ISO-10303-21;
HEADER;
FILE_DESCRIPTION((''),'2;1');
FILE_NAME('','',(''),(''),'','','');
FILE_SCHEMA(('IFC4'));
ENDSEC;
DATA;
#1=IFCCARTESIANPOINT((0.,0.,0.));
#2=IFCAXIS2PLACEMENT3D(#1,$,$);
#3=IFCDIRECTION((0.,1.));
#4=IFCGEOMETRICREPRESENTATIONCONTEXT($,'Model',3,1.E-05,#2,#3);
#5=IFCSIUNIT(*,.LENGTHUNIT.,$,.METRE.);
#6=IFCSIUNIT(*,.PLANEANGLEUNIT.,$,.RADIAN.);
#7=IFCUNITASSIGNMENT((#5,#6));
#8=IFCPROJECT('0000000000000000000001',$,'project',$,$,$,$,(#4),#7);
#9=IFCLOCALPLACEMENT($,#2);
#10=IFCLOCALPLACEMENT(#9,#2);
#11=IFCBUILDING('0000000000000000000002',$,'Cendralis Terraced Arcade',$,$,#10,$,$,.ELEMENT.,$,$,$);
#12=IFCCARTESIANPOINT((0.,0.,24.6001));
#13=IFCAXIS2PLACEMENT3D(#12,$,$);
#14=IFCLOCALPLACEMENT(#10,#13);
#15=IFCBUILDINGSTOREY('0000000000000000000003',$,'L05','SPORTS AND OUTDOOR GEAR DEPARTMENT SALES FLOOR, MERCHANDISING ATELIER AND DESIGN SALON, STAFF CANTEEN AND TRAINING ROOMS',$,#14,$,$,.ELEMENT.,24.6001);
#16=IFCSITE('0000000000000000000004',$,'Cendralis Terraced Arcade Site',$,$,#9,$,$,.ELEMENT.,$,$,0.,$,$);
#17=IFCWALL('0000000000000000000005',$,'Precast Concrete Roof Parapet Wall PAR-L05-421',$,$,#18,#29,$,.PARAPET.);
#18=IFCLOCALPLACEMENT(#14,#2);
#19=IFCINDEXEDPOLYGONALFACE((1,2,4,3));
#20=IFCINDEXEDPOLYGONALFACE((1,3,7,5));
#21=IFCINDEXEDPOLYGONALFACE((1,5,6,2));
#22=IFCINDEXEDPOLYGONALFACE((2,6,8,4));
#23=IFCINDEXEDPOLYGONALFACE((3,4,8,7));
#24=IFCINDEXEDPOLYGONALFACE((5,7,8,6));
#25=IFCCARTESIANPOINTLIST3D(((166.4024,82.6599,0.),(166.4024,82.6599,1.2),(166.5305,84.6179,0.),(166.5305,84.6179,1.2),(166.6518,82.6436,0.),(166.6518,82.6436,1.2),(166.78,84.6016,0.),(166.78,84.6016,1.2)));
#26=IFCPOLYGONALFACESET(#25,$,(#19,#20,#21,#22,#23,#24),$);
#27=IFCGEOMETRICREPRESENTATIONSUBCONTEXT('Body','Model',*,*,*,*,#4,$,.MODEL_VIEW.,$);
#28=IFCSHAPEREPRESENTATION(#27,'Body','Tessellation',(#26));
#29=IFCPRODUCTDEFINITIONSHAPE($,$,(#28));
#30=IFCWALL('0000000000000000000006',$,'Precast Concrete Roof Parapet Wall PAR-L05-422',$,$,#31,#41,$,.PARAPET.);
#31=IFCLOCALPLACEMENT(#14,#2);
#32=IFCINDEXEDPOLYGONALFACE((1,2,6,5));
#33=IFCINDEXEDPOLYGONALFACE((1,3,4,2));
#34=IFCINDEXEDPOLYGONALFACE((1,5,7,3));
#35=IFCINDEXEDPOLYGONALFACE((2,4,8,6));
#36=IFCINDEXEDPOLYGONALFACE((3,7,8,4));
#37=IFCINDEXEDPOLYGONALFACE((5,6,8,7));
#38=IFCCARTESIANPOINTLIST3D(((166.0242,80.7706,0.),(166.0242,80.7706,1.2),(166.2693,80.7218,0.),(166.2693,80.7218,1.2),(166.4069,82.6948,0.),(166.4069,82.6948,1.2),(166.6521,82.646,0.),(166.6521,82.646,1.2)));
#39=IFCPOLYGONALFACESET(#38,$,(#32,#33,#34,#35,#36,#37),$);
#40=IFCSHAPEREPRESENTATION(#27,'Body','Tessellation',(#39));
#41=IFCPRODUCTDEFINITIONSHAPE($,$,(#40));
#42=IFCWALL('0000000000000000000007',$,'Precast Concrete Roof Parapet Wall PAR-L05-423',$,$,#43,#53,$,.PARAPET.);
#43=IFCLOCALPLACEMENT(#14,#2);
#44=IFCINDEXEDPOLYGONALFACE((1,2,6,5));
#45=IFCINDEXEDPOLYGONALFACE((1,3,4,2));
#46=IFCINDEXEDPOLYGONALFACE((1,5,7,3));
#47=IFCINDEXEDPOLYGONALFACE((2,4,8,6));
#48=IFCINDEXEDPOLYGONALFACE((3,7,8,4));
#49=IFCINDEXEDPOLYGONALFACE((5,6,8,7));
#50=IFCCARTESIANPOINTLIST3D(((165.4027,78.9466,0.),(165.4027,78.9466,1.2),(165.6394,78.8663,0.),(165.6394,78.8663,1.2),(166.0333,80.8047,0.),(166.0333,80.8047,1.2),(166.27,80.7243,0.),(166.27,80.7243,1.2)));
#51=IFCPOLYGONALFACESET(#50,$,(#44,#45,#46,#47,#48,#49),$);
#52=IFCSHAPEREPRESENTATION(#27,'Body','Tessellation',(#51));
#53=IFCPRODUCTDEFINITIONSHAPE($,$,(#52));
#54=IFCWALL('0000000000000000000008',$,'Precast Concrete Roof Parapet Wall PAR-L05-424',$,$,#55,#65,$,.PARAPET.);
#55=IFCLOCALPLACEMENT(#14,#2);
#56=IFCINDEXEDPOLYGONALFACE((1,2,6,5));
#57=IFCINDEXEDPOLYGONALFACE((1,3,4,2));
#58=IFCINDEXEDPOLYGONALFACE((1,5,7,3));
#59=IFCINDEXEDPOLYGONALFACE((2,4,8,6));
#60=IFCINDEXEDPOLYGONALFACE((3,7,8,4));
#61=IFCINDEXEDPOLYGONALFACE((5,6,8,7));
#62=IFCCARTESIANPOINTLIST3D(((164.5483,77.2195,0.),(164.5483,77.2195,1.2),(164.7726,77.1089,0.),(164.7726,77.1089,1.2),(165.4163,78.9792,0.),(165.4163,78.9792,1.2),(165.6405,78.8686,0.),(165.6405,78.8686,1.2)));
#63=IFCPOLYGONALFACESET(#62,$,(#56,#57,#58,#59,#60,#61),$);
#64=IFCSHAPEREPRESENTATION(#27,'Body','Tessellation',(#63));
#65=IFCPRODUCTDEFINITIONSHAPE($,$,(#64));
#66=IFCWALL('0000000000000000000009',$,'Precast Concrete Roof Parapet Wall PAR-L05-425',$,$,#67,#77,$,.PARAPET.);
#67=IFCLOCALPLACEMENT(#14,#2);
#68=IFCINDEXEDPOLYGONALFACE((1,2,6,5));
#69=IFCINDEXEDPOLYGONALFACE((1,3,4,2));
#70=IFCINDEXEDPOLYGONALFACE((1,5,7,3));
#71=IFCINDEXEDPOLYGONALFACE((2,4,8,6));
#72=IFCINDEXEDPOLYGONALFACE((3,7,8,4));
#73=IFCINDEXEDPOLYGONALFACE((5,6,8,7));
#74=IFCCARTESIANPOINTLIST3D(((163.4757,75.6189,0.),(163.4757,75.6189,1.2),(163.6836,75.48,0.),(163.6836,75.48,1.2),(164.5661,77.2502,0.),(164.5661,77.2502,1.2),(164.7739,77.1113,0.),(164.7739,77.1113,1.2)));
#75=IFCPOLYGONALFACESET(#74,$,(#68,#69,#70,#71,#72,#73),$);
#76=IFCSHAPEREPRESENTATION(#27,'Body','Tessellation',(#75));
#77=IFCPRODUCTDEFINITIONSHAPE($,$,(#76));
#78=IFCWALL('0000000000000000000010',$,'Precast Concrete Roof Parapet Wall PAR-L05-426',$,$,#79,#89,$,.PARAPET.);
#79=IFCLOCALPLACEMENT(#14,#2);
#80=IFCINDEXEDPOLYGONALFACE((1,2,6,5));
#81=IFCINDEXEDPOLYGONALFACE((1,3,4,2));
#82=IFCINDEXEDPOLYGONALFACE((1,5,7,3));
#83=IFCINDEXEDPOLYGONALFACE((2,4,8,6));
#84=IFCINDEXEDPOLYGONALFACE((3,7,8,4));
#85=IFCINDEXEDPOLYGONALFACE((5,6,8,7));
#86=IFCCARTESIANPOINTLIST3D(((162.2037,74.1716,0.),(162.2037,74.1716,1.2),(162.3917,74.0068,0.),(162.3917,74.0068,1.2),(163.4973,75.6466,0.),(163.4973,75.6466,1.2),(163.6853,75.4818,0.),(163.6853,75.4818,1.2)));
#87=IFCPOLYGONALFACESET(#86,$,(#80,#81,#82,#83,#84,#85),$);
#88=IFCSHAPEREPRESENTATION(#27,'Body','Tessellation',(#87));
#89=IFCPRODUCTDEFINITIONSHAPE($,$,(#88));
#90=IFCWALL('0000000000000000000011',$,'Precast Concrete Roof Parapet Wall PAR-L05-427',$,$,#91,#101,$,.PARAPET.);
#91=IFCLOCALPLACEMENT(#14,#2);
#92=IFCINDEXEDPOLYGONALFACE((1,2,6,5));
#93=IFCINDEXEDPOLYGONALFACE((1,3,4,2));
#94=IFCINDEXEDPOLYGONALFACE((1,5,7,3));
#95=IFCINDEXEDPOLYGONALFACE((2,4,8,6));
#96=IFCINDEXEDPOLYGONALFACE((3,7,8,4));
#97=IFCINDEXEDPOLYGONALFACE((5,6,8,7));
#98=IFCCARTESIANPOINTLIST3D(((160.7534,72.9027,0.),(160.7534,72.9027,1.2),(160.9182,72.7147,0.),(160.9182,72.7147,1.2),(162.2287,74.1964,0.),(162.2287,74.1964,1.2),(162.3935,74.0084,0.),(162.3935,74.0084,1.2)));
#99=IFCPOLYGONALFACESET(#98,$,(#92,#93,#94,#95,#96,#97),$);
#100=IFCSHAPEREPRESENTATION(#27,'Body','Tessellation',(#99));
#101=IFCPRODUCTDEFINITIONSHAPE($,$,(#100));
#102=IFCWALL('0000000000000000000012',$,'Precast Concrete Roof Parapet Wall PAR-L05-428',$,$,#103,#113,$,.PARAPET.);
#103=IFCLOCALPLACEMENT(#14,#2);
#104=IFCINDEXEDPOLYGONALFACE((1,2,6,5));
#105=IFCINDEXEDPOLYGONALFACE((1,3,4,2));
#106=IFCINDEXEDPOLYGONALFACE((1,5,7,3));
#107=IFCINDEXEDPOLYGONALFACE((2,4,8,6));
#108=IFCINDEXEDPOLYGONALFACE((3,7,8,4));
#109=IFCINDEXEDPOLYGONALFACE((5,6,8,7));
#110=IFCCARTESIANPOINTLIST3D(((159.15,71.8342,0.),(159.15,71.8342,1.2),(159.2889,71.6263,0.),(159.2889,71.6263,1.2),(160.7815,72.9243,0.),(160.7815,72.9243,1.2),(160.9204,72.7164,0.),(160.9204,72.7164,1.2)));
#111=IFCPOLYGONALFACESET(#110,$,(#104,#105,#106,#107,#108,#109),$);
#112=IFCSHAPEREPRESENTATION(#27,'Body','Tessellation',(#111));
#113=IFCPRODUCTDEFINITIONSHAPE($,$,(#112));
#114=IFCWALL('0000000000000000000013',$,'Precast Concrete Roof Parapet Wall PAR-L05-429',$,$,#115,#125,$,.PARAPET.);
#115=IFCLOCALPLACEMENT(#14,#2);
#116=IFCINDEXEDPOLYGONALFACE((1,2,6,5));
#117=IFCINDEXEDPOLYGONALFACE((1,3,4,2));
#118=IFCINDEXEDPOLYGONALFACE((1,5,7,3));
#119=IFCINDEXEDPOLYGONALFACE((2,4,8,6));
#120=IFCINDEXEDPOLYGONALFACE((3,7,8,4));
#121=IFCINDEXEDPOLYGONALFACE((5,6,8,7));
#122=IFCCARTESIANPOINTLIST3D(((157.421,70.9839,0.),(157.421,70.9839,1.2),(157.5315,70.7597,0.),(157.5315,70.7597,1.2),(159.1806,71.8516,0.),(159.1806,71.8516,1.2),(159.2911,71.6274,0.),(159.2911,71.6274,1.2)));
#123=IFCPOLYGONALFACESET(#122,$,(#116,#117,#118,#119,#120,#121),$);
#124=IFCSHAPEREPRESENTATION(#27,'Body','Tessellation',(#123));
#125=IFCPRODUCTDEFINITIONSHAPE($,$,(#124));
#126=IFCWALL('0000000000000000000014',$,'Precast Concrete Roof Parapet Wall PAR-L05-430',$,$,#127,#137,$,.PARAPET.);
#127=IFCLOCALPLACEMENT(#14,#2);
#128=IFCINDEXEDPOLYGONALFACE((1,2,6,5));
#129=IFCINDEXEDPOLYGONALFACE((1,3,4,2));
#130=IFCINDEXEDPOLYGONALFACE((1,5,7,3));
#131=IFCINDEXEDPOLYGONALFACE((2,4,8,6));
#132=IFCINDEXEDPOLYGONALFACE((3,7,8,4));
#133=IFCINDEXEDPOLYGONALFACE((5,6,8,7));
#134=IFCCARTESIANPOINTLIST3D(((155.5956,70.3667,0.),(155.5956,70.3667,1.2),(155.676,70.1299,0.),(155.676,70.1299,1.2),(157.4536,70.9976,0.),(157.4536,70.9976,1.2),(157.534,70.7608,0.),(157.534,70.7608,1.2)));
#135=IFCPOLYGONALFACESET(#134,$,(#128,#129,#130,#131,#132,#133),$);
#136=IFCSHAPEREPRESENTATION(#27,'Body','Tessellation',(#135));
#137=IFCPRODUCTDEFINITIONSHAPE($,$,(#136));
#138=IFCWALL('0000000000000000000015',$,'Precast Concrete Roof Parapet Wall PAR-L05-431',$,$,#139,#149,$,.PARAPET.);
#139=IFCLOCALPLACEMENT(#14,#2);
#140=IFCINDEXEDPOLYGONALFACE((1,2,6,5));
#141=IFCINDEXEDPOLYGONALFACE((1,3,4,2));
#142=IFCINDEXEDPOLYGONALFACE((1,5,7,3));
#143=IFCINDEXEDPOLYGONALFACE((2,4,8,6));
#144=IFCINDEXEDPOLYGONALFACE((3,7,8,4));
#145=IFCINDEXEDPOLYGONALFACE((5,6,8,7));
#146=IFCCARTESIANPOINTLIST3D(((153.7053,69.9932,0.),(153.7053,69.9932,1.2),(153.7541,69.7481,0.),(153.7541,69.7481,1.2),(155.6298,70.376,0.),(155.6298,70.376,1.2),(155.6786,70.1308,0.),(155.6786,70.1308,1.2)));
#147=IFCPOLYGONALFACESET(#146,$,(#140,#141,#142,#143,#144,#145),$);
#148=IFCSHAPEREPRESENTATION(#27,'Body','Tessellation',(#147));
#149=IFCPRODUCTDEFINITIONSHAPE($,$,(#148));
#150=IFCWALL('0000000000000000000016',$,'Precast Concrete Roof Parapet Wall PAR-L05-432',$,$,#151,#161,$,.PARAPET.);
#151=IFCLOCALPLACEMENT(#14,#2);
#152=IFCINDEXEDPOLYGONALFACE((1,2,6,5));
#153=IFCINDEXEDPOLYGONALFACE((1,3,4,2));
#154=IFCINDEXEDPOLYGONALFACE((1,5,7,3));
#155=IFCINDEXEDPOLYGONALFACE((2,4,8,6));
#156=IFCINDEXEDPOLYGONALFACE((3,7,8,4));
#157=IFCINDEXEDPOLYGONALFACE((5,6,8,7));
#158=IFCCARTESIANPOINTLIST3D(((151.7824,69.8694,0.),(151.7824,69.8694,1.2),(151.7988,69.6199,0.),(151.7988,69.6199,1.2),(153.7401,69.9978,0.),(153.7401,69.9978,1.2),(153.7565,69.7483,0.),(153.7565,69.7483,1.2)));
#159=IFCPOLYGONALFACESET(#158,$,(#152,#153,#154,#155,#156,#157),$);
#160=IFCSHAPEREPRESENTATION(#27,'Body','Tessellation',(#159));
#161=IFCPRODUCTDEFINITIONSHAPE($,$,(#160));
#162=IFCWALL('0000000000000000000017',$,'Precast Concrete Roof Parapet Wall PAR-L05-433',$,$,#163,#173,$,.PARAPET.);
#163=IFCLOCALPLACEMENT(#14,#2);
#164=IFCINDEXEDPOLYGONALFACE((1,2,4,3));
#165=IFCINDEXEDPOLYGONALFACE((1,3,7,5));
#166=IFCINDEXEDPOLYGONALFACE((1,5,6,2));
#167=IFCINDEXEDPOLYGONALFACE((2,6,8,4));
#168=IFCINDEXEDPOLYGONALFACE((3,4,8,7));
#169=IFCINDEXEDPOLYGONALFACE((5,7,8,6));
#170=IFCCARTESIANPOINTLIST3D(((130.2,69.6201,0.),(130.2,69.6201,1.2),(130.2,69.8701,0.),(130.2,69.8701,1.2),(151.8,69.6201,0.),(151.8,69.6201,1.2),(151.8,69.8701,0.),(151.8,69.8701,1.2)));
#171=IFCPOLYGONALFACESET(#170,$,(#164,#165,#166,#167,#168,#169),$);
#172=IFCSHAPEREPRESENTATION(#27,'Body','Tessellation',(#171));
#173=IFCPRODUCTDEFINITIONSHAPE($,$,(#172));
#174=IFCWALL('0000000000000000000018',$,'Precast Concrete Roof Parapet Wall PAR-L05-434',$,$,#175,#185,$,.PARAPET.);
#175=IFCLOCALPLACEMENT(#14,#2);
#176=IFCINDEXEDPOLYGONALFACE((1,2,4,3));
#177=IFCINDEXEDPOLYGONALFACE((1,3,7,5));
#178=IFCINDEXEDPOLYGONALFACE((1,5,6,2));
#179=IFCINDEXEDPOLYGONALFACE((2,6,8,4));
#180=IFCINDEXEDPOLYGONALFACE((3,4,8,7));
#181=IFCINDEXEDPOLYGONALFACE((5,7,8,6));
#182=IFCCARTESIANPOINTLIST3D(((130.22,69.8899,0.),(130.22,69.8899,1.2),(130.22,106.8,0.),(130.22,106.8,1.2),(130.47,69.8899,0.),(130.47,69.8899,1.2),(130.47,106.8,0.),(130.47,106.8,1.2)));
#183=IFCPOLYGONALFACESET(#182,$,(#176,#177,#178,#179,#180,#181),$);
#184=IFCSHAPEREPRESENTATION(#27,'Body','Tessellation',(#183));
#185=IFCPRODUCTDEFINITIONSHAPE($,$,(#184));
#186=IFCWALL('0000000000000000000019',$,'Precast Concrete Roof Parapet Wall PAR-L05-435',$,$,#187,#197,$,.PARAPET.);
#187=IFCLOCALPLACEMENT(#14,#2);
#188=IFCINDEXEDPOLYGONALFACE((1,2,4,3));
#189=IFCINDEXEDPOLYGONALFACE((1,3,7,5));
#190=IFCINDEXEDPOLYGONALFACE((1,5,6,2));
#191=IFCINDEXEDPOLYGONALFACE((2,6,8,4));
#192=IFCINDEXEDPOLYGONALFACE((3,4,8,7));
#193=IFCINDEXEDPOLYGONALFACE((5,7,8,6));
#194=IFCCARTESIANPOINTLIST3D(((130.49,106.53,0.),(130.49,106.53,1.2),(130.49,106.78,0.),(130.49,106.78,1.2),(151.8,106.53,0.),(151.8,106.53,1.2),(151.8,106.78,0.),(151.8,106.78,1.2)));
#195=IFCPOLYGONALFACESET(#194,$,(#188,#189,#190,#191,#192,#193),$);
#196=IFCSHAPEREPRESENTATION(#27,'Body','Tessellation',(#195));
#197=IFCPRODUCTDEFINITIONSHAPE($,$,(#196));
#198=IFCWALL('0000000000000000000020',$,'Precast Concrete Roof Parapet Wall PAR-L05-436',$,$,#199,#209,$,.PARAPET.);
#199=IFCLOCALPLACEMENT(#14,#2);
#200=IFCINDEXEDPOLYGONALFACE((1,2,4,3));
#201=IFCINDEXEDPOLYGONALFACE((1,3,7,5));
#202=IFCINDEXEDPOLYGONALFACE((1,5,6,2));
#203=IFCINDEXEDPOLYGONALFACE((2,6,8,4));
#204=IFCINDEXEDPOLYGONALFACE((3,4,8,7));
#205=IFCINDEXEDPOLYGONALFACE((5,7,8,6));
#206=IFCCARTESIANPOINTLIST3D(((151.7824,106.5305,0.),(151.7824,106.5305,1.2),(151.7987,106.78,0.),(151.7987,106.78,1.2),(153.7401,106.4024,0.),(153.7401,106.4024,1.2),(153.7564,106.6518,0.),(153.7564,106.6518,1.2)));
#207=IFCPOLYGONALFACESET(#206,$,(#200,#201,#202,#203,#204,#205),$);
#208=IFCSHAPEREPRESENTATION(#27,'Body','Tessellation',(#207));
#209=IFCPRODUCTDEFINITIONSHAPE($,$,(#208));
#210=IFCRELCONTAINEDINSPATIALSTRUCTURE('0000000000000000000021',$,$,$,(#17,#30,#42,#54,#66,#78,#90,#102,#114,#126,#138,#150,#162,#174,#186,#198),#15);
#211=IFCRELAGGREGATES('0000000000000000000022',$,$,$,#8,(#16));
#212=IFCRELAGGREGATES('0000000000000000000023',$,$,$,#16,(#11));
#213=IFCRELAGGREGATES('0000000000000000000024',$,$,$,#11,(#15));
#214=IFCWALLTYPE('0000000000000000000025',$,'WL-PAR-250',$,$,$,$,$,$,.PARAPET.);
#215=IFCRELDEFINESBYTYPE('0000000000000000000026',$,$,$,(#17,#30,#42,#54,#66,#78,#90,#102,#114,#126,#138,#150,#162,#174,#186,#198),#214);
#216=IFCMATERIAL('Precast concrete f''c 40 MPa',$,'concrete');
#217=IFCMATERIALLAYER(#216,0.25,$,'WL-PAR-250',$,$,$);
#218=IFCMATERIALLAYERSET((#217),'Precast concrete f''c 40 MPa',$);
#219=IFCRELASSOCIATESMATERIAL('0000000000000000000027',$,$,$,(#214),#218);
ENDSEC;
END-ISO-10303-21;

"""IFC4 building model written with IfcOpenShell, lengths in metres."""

from ifc_helpers import new_model, si_unit, direction, frame, frame_2d, origin, place, context, subcontext, project, spatial, rectangle, extrude, material, layer, layer_set, type_object, element, save


model = new_model("IFC4")

# Units and contexts
model_context = context("Model", 3, precision=1e-05, world=origin(), true_north=direction((0.0, 1.0)))
body_context = subcontext(model_context, "Body", "Model", "MODEL_VIEW")
ifc_project = project(units=[si_unit("LENGTHUNIT", "METRE"), si_unit("PLANEANGLEUNIT", "RADIAN")], contexts=[model_context])

# Site, building, storey
site_placement = place(None, origin())
site = spatial("IfcSite", under=ifc_project, at=site_placement, Name="Cendralis Terraced Arcade Site", CompositionType="ELEMENT", RefElevation=0.0)
building_placement = place(site_placement, origin())
building = spatial("IfcBuilding", under=site, at=building_placement, Name="Cendralis Terraced Arcade", CompositionType="ELEMENT")
storey_placement = place(building_placement, frame((0.0, 0.0, 24.6001)))
storey = spatial("IfcBuildingStorey", under=building, at=storey_placement, Name="L05", Description="SPORTS AND OUTDOOR GEAR DEPARTMENT SALES FLOOR, MERCHANDISING ATELIER AND DESIGN SALON, STAFF CANTEEN AND TRAINING ROOMS", CompositionType="ELEMENT", Elevation=24.6001)

# Walls
ifc_material_1 = material(Name="Precast concrete f'c 40 MPa", Category="concrete")
ifc_layer_1 = layer(ifc_material_1, 0.25, Name="WL-PAR-250")
ifc_layer_set_1 = layer_set([ifc_layer_1], Name="Precast concrete f'c 40 MPa")
wall_type = type_object("IfcWallType", Name="WL-PAR-250", PredefinedType="PARAPET", material=ifc_layer_set_1)
wall_1_placement = place(storey_placement, frame((166.6553, 84.6096, 0.0), z_axis=(0.0, 0.0, 1.0), x_axis=(-0.065322, -0.997864, 0.0)))
element("IfcWall", 1, at=wall_1_placement, inside=storey, type_object=wall_type, Name="Precast Concrete Roof Parapet Wall PAR-L05-421", PredefinedType="PARAPET", context=body_context, shape_type="SweptSolid", body=[
    extrude(rectangle(XDim=1.9622, YDim=0.25, at=frame_2d((0.981, 0.0))), origin(), (0.0, 0.0, 1.0), 1.2),
])
wall_2_placement = place(storey_placement, frame((166.5295, 82.6704, 0.0), z_axis=(0.0, 0.0, 1.0), x_axis=(-0.195111, -0.980781, 0.0)))
element("IfcWall", 2, at=wall_2_placement, inside=storey, type_object=wall_type, Name="Precast Concrete Roof Parapet Wall PAR-L05-422", PredefinedType="PARAPET", context=body_context, shape_type="SweptSolid", body=[
    extrude(rectangle(XDim=1.9619, YDim=0.25, at=frame_2d((0.981, 0.0))), origin(), (0.0, 0.0, 1.0), 1.2),
])
for number, where, z_axis, x_axis, name in (
    (3, (166.1516, 80.7644, 0.0), (0.0, 0.0, 1.0), (-0.321374, -0.946952, 0.0), "Precast Concrete Roof Parapet Wall PAR-L05-423"),
    (4, (165.5283, 78.9238, 0.0), (0.0, 0.0, 1.0), (-0.44233, -0.896853, 0.0), "Precast Concrete Roof Parapet Wall PAR-L05-424"),
    (5, (164.6699, 77.1807, 0.0), (0.0, 0.0, 1.0), (-0.555676, -0.831399, 0.0), "Precast Concrete Roof Parapet Wall PAR-L05-425"),
):
    element("IfcWall", number, at=place(storey_placement, frame(where, z_axis=z_axis, x_axis=x_axis)), inside=storey, type_object=wall_type, Name=name, PredefinedType="PARAPET", context=body_context, shape_type="SweptSolid", body=[
        extrude(rectangle(XDim=1.9622, YDim=0.25, at=frame_2d((0.981, 0.0))), origin(), (0.0, 0.0, 1.0), 1.2),
    ])
wall_3_placement = place(storey_placement, frame((163.5913, 75.5642, 0.0), z_axis=(0.0, 0.0, 1.0), x_axis=(-0.659367, -0.751821, 0.0)))
element("IfcWall", 6, at=wall_3_placement, inside=storey, type_object=wall_type, Name="Precast Concrete Roof Parapet Wall PAR-L05-426", PredefinedType="PARAPET", context=body_context, shape_type="SweptSolid", body=[
    extrude(rectangle(XDim=1.9619, YDim=0.25, at=frame_2d((0.981, 0.0))), origin(), (0.0, 0.0, 1.0), 1.2),
])
for number, where, z_axis, x_axis, name in (
    (7, (162.311, 74.1023, 0.0), (0.0, 0.0, 1.0), (-0.751875, -0.659306, 0.0), "Precast Concrete Roof Parapet Wall PAR-L05-427"),
    (8, (160.8508, 72.8203, 0.0), (0.0, 0.0, 1.0), (-0.831456, -0.55559, 0.0), "Precast Concrete Roof Parapet Wall PAR-L05-428"),
):
    element("IfcWall", number, at=place(storey_placement, frame(where, z_axis=z_axis, x_axis=x_axis)), inside=storey, type_object=wall_type, Name=name, PredefinedType="PARAPET", context=body_context, shape_type="SweptSolid", body=[
        extrude(rectangle(XDim=1.9622, YDim=0.25, at=frame_2d((0.981, 0.0))), origin(), (0.0, 0.0, 1.0), 1.2),
    ])
wall_4_placement = place(storey_placement, frame((159.2358, 71.7395, 0.0), z_axis=(0.0, 0.0, 1.0), x_axis=(-0.896878, -0.442279, 0.0)))
element("IfcWall", 9, at=wall_4_placement, inside=storey, type_object=wall_type, Name="Precast Concrete Roof Parapet Wall PAR-L05-429", PredefinedType="PARAPET", context=body_context, shape_type="SweptSolid", body=[
    extrude(rectangle(XDim=1.9619, YDim=0.25, at=frame_2d((0.981, 0.0))), origin(), (0.0, 0.0, 1.0), 1.2),
])
for number, where, z_axis, x_axis, name in (
    (10, (157.4937, 70.8792, 0.0), (0.0, 0.0, 1.0), (-0.946902, -0.321523, 0.0), "Precast Concrete Roof Parapet Wall PAR-L05-430"),
    (11, (155.6541, 70.2534, 0.0), (0.0, 0.0, 1.0), (-0.980786, -0.195087, 0.0), "Precast Concrete Roof Parapet Wall PAR-L05-431"),
):
    element("IfcWall", number, at=place(storey_placement, frame(where, z_axis=z_axis, x_axis=x_axis)), inside=storey, type_object=wall_type, Name=name, PredefinedType="PARAPET", context=body_context, shape_type="SweptSolid", body=[
        extrude(rectangle(XDim=1.9622, YDim=0.25, at=frame_2d((0.981, 0.0))), origin(), (0.0, 0.0, 1.0), 1.2),
    ])
wall_5_placement = place(storey_placement, frame((153.7483, 69.873, 0.0), z_axis=(0.0, 0.0, 1.0), x_axis=(-0.997856, -0.065454, 0.0)))
element("IfcWall", 12, at=wall_5_placement, inside=storey, type_object=wall_type, Name="Precast Concrete Roof Parapet Wall PAR-L05-432", PredefinedType="PARAPET", context=body_context, shape_type="SweptSolid", body=[
    extrude(rectangle(XDim=1.9619, YDim=0.25, at=frame_2d((0.981, 0.0))), origin(), (0.0, 0.0, 1.0), 1.2),
])
wall_6_placement = place(storey_placement, frame((151.8, 69.7451, 0.0), z_axis=(0.0, 0.0, 1.0), x_axis=(-1.0, 0.0, 0.0)))
element("IfcWall", 13, at=wall_6_placement, inside=storey, type_object=wall_type, Name="Precast Concrete Roof Parapet Wall PAR-L05-433", PredefinedType="PARAPET", context=body_context, shape_type="SweptSolid", body=[
    extrude(rectangle(XDim=21.6001, YDim=0.25, at=frame_2d((10.8, 0.0))), origin(), (0.0, 0.0, 1.0), 1.2),
])
wall_7_placement = place(storey_placement, frame((130.345, 69.8899, 0.0), z_axis=(0.0, 0.0, 1.0), x_axis=(0.0, 1.0, 0.0)))
element("IfcWall", 14, at=wall_7_placement, inside=storey, type_object=wall_type, Name="Precast Concrete Roof Parapet Wall PAR-L05-434", PredefinedType="PARAPET", context=body_context, shape_type="SweptSolid", body=[
    extrude(rectangle(XDim=36.9102, YDim=0.25, at=frame_2d((18.4551, 0.0))), origin(), (0.0, 0.0, 1.0), 1.2),
])
wall_8_placement = place(storey_placement, frame((130.49, 106.655, 0.0), z_axis=(0.0, 0.0, 1.0), x_axis=(1.0, 0.0, 0.0)))
element("IfcWall", 15, at=wall_8_placement, inside=storey, type_object=wall_type, Name="Precast Concrete Roof Parapet Wall PAR-L05-435", PredefinedType="PARAPET", context=body_context, shape_type="SweptSolid", body=[
    extrude(rectangle(XDim=21.3101, YDim=0.25, at=frame_2d((10.655, 0.0))), origin(), (0.0, 0.0, 1.0), 1.2),
])
wall_9_placement = place(storey_placement, frame((151.7905, 106.6553, 0.0), z_axis=(0.0, 0.0, 1.0), x_axis=(0.997864, -0.06533, 0.0)))
element("IfcWall", 16, at=wall_9_placement, inside=storey, type_object=wall_type, Name="Precast Concrete Roof Parapet Wall PAR-L05-436", PredefinedType="PARAPET", context=body_context, shape_type="SweptSolid", body=[
    extrude(rectangle(XDim=1.9619, YDim=0.25, at=frame_2d((0.981, 0.0))), origin(), (0.0, 0.0, 1.0), 1.2),
])

save(model, "model.ifc")
